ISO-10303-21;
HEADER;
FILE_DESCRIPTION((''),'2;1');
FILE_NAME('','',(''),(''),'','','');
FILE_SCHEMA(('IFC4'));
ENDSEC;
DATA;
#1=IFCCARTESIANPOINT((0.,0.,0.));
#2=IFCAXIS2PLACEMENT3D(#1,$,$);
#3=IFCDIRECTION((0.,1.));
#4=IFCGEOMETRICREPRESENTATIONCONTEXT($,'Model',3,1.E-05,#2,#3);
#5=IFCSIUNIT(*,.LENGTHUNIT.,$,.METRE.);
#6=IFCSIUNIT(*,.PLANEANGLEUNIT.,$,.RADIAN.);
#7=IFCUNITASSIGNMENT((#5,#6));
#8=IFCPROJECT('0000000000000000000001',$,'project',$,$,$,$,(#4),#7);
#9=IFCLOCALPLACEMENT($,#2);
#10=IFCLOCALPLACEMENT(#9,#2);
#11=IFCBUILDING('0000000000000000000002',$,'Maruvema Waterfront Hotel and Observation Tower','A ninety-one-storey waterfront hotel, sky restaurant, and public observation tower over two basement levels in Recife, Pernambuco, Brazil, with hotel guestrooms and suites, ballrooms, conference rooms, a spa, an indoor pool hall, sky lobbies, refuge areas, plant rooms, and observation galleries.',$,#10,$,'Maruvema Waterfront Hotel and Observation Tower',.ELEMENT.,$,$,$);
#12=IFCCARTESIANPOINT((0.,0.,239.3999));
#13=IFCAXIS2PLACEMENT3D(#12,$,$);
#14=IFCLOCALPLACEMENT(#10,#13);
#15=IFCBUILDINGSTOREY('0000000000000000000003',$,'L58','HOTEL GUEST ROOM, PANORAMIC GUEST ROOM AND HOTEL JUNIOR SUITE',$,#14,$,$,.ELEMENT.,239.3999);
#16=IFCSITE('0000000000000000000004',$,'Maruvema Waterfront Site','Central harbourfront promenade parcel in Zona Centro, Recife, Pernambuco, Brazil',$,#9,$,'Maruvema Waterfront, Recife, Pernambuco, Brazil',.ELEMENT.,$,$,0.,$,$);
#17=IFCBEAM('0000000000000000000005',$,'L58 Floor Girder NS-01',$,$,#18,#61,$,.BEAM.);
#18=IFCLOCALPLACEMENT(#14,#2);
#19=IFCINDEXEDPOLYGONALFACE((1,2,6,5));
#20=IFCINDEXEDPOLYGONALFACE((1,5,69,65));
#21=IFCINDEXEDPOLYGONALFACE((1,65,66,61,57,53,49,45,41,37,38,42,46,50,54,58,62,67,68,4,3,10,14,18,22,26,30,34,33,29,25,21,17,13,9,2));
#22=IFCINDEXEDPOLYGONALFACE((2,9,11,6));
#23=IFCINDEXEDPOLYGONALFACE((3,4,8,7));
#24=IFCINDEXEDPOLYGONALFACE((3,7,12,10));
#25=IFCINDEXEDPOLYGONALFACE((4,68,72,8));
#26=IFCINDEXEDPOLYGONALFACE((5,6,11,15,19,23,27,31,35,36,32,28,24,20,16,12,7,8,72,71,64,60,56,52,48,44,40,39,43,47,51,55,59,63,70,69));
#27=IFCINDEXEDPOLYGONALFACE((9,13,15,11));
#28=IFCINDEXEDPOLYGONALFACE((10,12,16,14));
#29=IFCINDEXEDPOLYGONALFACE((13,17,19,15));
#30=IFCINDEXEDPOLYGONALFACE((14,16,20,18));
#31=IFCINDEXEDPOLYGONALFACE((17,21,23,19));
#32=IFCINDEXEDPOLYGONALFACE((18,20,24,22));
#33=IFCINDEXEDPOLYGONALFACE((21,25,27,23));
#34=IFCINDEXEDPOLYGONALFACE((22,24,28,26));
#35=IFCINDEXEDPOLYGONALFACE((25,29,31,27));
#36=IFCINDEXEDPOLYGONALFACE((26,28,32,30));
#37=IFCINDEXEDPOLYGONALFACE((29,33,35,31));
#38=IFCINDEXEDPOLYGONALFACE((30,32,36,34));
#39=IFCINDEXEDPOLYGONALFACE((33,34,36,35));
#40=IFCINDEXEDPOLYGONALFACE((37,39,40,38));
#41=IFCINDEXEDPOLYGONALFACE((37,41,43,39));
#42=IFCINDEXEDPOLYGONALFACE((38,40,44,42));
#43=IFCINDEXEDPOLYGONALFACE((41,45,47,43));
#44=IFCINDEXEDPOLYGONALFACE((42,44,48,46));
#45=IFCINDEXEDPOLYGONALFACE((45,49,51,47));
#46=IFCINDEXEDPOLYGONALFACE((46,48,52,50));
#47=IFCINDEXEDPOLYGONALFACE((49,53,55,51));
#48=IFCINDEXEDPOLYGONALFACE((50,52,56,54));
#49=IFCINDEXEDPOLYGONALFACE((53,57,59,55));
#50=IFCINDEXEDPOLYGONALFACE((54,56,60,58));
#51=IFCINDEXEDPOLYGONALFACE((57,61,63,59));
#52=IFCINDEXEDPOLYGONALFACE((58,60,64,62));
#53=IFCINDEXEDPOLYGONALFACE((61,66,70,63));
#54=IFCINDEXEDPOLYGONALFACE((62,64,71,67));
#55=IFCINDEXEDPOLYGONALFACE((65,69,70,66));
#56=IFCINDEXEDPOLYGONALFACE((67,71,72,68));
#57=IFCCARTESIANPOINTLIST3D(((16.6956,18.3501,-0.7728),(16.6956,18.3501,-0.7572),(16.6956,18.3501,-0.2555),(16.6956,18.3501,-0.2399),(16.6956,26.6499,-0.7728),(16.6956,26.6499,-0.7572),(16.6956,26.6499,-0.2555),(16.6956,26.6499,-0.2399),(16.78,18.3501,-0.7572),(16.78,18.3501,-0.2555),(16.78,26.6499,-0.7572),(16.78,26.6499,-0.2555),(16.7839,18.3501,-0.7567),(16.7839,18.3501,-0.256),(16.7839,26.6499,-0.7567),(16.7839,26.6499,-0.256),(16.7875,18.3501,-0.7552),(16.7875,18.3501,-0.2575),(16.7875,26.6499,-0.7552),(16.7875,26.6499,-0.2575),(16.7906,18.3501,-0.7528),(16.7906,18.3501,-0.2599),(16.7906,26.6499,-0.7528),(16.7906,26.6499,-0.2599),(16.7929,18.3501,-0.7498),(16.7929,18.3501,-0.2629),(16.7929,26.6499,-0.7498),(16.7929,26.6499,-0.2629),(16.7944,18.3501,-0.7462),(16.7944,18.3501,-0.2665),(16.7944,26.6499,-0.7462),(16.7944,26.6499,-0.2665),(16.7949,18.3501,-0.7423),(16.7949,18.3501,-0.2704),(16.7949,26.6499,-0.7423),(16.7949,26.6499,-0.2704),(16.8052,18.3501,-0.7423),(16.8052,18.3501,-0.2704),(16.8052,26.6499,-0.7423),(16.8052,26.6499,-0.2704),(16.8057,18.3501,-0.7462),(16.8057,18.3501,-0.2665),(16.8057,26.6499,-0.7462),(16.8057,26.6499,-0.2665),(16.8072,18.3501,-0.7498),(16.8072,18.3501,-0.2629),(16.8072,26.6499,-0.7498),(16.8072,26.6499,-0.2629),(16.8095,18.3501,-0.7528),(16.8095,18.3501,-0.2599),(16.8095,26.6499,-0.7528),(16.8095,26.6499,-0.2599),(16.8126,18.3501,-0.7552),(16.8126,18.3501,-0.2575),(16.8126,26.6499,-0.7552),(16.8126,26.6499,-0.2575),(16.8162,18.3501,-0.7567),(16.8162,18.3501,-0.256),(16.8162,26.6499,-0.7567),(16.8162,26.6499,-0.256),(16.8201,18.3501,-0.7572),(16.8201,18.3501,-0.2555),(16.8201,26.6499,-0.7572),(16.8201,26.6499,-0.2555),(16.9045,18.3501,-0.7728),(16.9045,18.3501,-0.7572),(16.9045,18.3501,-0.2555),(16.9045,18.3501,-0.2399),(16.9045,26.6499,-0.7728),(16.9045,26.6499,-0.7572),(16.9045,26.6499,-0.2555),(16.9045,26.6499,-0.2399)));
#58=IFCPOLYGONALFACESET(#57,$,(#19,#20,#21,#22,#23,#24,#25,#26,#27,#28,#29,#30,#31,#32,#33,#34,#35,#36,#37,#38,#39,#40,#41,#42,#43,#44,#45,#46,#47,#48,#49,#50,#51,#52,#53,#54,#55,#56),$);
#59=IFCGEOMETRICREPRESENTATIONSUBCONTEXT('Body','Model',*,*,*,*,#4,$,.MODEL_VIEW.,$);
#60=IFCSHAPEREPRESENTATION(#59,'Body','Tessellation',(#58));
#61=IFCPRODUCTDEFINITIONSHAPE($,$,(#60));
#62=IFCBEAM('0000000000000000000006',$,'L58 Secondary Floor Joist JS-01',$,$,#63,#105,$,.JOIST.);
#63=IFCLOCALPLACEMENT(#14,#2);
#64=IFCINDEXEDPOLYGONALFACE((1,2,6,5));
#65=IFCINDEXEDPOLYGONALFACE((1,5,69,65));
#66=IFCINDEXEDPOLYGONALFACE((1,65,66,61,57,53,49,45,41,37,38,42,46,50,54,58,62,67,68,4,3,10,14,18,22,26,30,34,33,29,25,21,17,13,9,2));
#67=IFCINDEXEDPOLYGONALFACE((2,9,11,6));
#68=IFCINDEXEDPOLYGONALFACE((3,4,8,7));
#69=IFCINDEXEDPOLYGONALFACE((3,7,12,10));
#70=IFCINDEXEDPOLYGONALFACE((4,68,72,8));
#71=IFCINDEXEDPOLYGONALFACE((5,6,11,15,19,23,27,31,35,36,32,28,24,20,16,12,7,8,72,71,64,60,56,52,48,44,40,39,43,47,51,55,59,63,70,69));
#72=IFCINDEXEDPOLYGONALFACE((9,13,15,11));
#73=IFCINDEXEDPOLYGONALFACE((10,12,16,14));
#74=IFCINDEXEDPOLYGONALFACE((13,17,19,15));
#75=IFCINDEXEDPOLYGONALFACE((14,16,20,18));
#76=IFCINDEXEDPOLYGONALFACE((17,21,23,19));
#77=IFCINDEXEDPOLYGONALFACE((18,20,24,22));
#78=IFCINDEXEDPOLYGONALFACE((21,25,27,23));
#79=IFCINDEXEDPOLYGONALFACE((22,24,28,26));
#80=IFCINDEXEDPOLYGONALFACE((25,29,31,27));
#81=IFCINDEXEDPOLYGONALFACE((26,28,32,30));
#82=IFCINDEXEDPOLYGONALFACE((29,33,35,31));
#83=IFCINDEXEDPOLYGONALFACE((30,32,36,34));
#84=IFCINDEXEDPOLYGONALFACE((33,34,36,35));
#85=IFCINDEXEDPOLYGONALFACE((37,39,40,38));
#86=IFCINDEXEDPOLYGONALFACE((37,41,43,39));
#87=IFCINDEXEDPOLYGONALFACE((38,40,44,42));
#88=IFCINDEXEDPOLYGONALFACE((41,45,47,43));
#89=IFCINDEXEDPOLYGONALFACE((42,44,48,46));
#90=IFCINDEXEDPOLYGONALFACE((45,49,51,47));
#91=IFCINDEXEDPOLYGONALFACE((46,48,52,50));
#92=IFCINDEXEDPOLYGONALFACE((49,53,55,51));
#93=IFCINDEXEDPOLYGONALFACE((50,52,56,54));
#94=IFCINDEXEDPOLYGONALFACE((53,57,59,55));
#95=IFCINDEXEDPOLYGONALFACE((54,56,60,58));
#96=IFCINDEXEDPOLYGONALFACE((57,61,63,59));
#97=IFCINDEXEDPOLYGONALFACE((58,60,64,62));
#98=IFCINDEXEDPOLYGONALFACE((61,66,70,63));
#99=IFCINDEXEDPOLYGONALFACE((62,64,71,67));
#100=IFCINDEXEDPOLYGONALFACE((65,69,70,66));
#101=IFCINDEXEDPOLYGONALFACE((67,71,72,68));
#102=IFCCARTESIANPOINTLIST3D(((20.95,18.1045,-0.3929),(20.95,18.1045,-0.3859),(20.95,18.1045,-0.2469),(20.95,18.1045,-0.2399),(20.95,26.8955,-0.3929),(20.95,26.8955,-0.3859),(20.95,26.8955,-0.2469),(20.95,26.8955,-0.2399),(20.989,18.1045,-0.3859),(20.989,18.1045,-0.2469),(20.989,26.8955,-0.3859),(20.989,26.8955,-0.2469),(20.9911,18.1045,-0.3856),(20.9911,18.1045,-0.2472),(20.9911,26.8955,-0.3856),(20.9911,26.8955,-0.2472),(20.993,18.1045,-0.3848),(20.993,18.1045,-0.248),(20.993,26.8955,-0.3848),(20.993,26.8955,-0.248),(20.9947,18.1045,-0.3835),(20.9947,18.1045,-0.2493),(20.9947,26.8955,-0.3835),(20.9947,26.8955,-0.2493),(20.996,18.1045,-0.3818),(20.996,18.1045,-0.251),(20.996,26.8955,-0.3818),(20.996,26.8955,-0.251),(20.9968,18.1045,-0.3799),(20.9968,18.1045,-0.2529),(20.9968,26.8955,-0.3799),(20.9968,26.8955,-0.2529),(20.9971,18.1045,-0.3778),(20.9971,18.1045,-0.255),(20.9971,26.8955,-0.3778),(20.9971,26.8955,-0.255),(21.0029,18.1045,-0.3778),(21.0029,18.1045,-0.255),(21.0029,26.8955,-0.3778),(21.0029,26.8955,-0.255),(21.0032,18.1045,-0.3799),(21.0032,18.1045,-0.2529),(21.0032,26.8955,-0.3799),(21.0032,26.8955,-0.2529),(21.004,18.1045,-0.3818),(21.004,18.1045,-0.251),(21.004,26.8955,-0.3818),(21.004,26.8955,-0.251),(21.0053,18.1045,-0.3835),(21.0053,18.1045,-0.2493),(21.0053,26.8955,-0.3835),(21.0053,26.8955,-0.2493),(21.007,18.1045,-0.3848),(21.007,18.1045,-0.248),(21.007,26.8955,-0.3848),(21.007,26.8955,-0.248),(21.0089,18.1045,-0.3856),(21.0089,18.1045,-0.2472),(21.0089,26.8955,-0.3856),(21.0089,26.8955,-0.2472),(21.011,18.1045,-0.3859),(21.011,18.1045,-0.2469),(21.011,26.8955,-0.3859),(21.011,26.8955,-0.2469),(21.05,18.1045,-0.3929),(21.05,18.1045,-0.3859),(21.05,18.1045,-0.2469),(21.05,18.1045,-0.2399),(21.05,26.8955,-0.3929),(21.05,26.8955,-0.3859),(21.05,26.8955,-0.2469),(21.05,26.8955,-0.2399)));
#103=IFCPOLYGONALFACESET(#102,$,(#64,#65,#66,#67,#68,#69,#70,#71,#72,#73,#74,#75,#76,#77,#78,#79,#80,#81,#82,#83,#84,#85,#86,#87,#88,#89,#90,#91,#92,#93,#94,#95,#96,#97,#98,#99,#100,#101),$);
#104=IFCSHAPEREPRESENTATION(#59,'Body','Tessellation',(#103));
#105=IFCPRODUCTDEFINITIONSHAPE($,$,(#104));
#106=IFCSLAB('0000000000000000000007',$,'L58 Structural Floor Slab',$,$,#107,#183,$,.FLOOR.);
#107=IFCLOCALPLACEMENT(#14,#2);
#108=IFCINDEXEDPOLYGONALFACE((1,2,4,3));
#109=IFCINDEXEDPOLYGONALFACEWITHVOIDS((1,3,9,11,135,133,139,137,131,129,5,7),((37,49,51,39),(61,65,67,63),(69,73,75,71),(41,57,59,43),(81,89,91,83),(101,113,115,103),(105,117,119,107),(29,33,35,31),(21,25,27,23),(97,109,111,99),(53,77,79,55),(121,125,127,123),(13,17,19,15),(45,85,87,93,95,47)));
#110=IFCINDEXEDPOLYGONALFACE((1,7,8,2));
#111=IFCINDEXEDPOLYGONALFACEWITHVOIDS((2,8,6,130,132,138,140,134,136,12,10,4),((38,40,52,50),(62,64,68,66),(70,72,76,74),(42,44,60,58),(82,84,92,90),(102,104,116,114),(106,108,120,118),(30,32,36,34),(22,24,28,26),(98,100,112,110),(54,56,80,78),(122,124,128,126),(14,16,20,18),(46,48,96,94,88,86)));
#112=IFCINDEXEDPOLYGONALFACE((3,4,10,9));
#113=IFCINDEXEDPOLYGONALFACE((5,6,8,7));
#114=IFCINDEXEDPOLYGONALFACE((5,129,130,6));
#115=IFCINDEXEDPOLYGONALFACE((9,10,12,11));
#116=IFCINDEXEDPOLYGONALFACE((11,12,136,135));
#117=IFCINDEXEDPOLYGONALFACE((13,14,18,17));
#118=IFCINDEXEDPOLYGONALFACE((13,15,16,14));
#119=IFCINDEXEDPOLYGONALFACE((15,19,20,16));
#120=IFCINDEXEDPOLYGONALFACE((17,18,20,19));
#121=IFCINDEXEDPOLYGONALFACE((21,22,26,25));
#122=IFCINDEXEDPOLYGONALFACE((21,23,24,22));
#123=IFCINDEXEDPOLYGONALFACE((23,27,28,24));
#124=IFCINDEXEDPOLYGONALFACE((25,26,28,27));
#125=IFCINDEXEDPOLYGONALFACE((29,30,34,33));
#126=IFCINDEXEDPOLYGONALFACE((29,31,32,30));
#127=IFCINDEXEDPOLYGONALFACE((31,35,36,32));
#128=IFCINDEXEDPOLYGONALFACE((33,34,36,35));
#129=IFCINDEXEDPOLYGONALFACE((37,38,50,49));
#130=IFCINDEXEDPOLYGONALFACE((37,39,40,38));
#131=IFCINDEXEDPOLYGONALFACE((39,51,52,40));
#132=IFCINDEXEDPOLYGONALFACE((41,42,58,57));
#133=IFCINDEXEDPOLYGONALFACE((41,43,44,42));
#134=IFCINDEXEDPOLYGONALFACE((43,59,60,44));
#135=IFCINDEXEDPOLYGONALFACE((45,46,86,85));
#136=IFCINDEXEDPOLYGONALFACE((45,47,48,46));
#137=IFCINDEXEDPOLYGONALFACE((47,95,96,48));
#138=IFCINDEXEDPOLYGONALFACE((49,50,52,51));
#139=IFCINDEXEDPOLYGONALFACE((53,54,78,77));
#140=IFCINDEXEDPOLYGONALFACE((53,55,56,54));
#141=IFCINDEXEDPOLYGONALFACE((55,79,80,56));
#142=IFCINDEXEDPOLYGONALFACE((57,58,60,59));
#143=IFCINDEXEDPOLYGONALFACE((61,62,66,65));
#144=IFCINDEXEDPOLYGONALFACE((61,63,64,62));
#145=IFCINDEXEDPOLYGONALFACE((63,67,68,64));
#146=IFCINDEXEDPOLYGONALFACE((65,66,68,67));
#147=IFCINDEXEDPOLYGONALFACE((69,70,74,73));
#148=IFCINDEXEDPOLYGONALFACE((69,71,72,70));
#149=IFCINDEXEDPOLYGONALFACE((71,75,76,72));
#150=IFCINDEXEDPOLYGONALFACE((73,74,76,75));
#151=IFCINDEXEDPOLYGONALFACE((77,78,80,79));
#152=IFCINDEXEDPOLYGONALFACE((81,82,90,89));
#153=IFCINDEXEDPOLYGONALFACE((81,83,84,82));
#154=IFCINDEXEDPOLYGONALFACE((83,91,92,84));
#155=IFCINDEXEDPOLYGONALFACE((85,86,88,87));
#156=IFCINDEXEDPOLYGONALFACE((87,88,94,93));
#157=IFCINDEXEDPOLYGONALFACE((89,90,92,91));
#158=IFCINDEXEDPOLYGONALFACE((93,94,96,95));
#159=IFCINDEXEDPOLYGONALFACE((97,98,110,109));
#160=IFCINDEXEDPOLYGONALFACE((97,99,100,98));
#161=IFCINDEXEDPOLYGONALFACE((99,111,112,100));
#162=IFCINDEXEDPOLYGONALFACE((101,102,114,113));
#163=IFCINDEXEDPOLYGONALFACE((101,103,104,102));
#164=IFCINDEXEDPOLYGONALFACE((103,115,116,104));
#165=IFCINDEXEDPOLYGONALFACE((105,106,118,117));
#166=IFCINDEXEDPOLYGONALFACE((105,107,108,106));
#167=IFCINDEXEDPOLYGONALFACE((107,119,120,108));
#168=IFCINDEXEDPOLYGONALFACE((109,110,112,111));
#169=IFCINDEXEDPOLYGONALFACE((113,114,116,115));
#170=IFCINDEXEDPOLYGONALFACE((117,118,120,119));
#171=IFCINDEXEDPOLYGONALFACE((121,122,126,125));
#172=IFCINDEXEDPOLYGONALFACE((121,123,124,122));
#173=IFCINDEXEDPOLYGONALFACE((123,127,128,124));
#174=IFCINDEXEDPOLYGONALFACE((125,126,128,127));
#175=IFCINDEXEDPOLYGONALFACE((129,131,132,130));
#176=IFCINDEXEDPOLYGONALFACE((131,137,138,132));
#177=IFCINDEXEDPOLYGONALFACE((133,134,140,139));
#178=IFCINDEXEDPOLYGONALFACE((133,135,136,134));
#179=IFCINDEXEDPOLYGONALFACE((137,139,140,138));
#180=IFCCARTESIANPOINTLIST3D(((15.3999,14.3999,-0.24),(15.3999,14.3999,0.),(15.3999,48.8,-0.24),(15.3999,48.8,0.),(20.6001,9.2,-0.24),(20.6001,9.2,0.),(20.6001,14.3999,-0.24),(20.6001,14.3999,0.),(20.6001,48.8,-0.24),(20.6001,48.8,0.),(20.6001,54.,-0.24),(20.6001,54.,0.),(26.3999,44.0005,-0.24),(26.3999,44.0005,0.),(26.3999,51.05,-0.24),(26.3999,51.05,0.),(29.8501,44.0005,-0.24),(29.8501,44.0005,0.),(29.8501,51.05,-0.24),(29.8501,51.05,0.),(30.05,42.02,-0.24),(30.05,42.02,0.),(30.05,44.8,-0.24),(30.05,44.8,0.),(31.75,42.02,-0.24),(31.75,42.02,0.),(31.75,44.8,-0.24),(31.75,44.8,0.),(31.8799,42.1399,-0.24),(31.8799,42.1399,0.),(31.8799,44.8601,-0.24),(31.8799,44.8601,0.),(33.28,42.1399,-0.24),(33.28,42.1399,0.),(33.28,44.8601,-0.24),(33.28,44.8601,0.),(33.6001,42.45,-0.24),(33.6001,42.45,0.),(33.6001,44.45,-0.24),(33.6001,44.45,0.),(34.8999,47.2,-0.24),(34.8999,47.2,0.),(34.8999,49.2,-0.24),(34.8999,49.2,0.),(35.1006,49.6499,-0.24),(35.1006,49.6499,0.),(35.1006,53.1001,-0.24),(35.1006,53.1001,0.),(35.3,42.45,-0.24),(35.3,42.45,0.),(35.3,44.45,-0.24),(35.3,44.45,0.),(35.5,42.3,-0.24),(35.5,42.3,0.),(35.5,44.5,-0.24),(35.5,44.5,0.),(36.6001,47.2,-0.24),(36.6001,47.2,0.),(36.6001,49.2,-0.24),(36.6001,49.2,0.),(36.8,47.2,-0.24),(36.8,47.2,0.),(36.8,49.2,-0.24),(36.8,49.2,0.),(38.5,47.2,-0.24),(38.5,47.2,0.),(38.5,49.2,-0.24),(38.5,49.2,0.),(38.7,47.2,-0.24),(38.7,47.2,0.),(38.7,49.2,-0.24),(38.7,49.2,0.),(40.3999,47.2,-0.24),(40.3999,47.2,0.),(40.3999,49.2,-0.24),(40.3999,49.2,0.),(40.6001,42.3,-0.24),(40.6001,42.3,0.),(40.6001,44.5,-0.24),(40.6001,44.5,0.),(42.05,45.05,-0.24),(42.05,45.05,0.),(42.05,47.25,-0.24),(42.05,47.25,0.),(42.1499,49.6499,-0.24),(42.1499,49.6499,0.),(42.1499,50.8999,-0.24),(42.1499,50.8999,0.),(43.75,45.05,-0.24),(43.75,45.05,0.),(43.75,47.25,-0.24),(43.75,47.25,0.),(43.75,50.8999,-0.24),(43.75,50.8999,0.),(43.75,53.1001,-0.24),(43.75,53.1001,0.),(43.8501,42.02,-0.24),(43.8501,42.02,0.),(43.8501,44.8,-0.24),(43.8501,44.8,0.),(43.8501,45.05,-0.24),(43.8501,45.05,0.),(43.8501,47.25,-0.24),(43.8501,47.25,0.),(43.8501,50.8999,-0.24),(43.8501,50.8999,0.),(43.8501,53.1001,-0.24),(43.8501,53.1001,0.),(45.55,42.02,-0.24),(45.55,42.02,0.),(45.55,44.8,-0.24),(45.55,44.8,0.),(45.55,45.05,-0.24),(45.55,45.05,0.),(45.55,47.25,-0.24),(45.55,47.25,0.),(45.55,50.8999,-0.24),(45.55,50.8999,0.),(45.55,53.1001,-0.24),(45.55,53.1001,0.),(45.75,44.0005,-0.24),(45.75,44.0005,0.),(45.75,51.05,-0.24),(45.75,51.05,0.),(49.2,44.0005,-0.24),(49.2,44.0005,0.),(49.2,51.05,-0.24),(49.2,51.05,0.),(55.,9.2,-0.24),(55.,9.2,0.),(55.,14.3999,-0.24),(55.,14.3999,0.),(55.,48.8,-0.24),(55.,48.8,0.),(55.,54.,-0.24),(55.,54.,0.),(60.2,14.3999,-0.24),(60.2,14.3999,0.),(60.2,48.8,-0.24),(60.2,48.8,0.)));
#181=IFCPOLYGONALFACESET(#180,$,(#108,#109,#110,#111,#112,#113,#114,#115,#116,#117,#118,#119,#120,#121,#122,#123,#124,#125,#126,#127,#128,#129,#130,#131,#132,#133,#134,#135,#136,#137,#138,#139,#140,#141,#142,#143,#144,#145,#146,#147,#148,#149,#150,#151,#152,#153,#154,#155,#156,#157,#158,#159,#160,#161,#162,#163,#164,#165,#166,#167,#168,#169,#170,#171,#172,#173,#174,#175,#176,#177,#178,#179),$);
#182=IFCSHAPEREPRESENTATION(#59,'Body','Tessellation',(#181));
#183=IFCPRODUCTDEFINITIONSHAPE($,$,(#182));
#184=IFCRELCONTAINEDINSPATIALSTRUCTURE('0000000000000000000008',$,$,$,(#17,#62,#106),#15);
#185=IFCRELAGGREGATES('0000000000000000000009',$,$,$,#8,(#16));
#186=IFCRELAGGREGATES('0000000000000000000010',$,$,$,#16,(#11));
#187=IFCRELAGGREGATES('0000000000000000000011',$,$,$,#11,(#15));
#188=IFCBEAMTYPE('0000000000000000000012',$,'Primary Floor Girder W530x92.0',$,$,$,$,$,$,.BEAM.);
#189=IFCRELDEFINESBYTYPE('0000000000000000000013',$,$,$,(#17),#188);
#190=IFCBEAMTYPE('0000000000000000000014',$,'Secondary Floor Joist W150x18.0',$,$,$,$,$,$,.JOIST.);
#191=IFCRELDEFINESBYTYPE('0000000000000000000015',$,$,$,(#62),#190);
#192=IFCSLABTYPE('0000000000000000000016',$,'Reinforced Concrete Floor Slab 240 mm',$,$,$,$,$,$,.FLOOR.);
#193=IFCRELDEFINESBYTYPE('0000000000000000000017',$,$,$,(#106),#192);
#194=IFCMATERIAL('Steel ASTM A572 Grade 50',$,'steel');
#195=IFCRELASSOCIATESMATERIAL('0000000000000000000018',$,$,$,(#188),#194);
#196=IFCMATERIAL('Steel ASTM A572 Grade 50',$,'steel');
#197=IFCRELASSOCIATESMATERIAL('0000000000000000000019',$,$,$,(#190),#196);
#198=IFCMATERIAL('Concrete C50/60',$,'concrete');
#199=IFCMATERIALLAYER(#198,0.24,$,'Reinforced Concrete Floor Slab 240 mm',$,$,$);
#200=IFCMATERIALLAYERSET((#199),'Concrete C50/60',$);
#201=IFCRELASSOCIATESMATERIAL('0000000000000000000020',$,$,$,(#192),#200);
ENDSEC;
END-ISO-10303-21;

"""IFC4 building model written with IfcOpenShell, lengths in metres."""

from ifc_helpers import new_model, si_unit, direction, frame, origin, origin_2d, place, context, subcontext, project, spatial, polyline, i_section, outline, extrude, material, layer, layer_set, material_profile, profile_set, type_object, element, save


model = new_model("IFC4")

# Units and contexts
model_context = context("Model", 3, precision=1e-05, world=origin(), true_north=direction((0.0, 1.0)))
body_context = subcontext(model_context, "Body", "Model", "MODEL_VIEW")
ifc_project = project(units=[si_unit("LENGTHUNIT", "METRE"), si_unit("PLANEANGLEUNIT", "RADIAN")], contexts=[model_context])

# Site, building, storey
site_placement = place(None, origin())
site = spatial("IfcSite", under=ifc_project, at=site_placement, Name="Maruvema Waterfront Site", Description="Central harbourfront promenade parcel in Zona Centro, Recife, Pernambuco, Brazil", LongName="Maruvema Waterfront, Recife, Pernambuco, Brazil", CompositionType="ELEMENT", RefElevation=0.0)
building_placement = place(site_placement, origin())
building = spatial("IfcBuilding", under=site, at=building_placement, Name="Maruvema Waterfront Hotel and Observation Tower", Description="A ninety-one-storey waterfront hotel, sky restaurant, and public observation tower over two basement levels in Recife, Pernambuco, Brazil, with hotel guestrooms and suites, ballrooms, conference rooms, a spa, an indoor pool hall, sky lobbies, refuge areas, plant rooms, and observation galleries.", LongName="Maruvema Waterfront Hotel and Observation Tower", CompositionType="ELEMENT")
storey_placement = place(building_placement, frame((0.0, 0.0, 239.3999)))
storey = spatial("IfcBuildingStorey", under=building, at=storey_placement, Name="L58", Description="HOTEL GUEST ROOM, PANORAMIC GUEST ROOM AND HOTEL JUNIOR SUITE", CompositionType="ELEMENT", Elevation=239.3999)

# Beams
ifc_material_1 = material(Name="Steel ASTM A572 Grade 50", Category="steel")
ifc_material_profile_1 = material_profile(ifc_material_1, i_section(OverallWidth=0.209, OverallDepth=0.533, WebThickness=0.0103, FlangeThickness=0.0156, FilletRadius=0.0149, at=origin_2d()), Name="W530x92.0")
ifc_profile_set_1 = profile_set([ifc_material_profile_1], Name="Steel ASTM A572 Grade 50")
beam_type_1 = type_object("IfcBeamType", Name="Primary Floor Girder W530x92.0", PredefinedType="BEAM", material=ifc_profile_set_1)
beam_1_placement = place(storey_placement, frame((16.8, 18.3501, -0.5063), z_axis=(0.0, 1.0, 0.0), x_axis=(-1.0, 0.0, 0.0)))
element("IfcBeam", 1, at=beam_1_placement, inside=storey, type_object=beam_type_1, Name="L58 Floor Girder NS-01", PredefinedType="BEAM", context=body_context, shape_type="SweptSolid", body=[
    extrude(i_section(OverallWidth=0.209, OverallDepth=0.533, WebThickness=0.0103, FlangeThickness=0.0156, FilletRadius=0.0149, at=origin_2d()), origin(), (0.0, 0.0, 1.0), 8.2998),
])
ifc_material_2 = material(Name="Steel ASTM A572 Grade 50", Category="steel")
ifc_material_profile_2 = material_profile(ifc_material_2, i_section(OverallWidth=0.1001, OverallDepth=0.1531, WebThickness=0.0059, FlangeThickness=0.0071, FilletRadius=0.0081, at=origin_2d()), Name="W150x18.0")
ifc_profile_set_2 = profile_set([ifc_material_profile_2], Name="Steel ASTM A572 Grade 50")
beam_type_2 = type_object("IfcBeamType", Name="Secondary Floor Joist W150x18.0", PredefinedType="JOIST", material=ifc_profile_set_2)
beam_2_placement = place(storey_placement, frame((21.0, 18.1045, -0.3164), z_axis=(0.0, 1.0, 0.0), x_axis=(-1.0, 0.0, 0.0)))
element("IfcBeam", 2, at=beam_2_placement, inside=storey, type_object=beam_type_2, Name="L58 Secondary Floor Joist JS-01", PredefinedType="JOIST", context=body_context, shape_type="SweptSolid", body=[
    extrude(i_section(OverallWidth=0.1001, OverallDepth=0.1531, WebThickness=0.0059, FlangeThickness=0.0071, FilletRadius=0.0081, at=origin_2d()), origin(), (0.0, 0.0, 1.0), 8.791),
])

# Slab
ifc_material_3 = material(Name="Concrete C50/60", Category="concrete")
ifc_layer_1 = layer(ifc_material_3, 0.24, Name="Reinforced Concrete Floor Slab 240 mm")
ifc_layer_set_1 = layer_set([ifc_layer_1], Name="Concrete C50/60")
slab_type_1 = type_object("IfcSlabType", Name="Reinforced Concrete Floor Slab 240 mm", PredefinedType="FLOOR", material=ifc_layer_set_1)
slab_1_placement = place(storey_placement, frame((0.0, 0.0, -0.24)))
element("IfcSlab", 3, at=slab_1_placement, inside=storey, type_object=slab_type_1, Name="L58 Structural Floor Slab", PredefinedType="FLOOR", context=body_context, shape_type="SweptSolid", body=[
    extrude(outline(polyline([(20.6001, 9.2), (55.0, 9.2), (55.0, 14.3999), (60.2, 14.3999), (60.2, 48.8), (55.0, 48.8), (55.0, 54.0), (20.6001, 54.0), (20.6001, 48.8), (15.3999, 48.8), (15.3999, 14.3999), (20.6001, 14.3999), (20.6001, 9.2)]), holes=[polyline([(26.3999, 44.0005), (26.3999, 51.05), (29.8501, 51.05), (29.8501, 44.0005), (26.3999, 44.0005)]), polyline([(30.05, 44.8), (31.75, 44.8), (31.75, 42.02), (30.05, 42.02), (30.05, 44.8)]), polyline([(31.8799, 44.8601), (33.28, 44.8601), (33.28, 42.1399), (31.8799, 42.1399), (31.8799, 44.8601)]), polyline([(33.6001, 44.45), (35.3, 44.45), (35.3, 42.45), (33.6001, 42.45), (33.6001, 44.45)]), polyline([(34.8999, 49.2), (36.6001, 49.2), (36.6001, 47.2), (34.8999, 47.2), (34.8999, 49.2)]), polyline([(36.8, 49.2), (38.5, 49.2), (38.5, 47.2), (36.8, 47.2), (36.8, 49.2)]), polyline([(35.5, 42.3), (35.5, 44.5), (40.6001, 44.5), (40.6001, 42.3), (35.5, 42.3)]), polyline([(35.1006, 53.1001), (43.75, 53.1001), (43.75, 50.8999), (42.1499, 50.8999), (42.1499, 49.6499), (35.1006, 49.6499), (35.1006, 53.1001)]), polyline([(38.7, 49.2), (40.3999, 49.2), (40.3999, 47.2), (38.7, 47.2), (38.7, 49.2)]), polyline([(42.05, 47.25), (43.75, 47.25), (43.75, 45.05), (42.05, 45.05), (42.05, 47.25)]), polyline([(43.8501, 44.8), (45.55, 44.8), (45.55, 42.02), (43.8501, 42.02), (43.8501, 44.8)]), polyline([(43.8501, 47.25), (45.55, 47.25), (45.55, 45.05), (43.8501, 45.05), (43.8501, 47.25)]), polyline([(45.55, 53.1001), (45.55, 50.8999), (43.8501, 50.8999), (43.8501, 53.1001), (45.55, 53.1001)]), polyline([(45.75, 44.0005), (45.75, 51.05), (49.2, 51.05), (49.2, 44.0005), (45.75, 44.0005)])]), origin(), (0.0, 0.0, 1.0), 0.24),
])

save(model, "model.ifc")
